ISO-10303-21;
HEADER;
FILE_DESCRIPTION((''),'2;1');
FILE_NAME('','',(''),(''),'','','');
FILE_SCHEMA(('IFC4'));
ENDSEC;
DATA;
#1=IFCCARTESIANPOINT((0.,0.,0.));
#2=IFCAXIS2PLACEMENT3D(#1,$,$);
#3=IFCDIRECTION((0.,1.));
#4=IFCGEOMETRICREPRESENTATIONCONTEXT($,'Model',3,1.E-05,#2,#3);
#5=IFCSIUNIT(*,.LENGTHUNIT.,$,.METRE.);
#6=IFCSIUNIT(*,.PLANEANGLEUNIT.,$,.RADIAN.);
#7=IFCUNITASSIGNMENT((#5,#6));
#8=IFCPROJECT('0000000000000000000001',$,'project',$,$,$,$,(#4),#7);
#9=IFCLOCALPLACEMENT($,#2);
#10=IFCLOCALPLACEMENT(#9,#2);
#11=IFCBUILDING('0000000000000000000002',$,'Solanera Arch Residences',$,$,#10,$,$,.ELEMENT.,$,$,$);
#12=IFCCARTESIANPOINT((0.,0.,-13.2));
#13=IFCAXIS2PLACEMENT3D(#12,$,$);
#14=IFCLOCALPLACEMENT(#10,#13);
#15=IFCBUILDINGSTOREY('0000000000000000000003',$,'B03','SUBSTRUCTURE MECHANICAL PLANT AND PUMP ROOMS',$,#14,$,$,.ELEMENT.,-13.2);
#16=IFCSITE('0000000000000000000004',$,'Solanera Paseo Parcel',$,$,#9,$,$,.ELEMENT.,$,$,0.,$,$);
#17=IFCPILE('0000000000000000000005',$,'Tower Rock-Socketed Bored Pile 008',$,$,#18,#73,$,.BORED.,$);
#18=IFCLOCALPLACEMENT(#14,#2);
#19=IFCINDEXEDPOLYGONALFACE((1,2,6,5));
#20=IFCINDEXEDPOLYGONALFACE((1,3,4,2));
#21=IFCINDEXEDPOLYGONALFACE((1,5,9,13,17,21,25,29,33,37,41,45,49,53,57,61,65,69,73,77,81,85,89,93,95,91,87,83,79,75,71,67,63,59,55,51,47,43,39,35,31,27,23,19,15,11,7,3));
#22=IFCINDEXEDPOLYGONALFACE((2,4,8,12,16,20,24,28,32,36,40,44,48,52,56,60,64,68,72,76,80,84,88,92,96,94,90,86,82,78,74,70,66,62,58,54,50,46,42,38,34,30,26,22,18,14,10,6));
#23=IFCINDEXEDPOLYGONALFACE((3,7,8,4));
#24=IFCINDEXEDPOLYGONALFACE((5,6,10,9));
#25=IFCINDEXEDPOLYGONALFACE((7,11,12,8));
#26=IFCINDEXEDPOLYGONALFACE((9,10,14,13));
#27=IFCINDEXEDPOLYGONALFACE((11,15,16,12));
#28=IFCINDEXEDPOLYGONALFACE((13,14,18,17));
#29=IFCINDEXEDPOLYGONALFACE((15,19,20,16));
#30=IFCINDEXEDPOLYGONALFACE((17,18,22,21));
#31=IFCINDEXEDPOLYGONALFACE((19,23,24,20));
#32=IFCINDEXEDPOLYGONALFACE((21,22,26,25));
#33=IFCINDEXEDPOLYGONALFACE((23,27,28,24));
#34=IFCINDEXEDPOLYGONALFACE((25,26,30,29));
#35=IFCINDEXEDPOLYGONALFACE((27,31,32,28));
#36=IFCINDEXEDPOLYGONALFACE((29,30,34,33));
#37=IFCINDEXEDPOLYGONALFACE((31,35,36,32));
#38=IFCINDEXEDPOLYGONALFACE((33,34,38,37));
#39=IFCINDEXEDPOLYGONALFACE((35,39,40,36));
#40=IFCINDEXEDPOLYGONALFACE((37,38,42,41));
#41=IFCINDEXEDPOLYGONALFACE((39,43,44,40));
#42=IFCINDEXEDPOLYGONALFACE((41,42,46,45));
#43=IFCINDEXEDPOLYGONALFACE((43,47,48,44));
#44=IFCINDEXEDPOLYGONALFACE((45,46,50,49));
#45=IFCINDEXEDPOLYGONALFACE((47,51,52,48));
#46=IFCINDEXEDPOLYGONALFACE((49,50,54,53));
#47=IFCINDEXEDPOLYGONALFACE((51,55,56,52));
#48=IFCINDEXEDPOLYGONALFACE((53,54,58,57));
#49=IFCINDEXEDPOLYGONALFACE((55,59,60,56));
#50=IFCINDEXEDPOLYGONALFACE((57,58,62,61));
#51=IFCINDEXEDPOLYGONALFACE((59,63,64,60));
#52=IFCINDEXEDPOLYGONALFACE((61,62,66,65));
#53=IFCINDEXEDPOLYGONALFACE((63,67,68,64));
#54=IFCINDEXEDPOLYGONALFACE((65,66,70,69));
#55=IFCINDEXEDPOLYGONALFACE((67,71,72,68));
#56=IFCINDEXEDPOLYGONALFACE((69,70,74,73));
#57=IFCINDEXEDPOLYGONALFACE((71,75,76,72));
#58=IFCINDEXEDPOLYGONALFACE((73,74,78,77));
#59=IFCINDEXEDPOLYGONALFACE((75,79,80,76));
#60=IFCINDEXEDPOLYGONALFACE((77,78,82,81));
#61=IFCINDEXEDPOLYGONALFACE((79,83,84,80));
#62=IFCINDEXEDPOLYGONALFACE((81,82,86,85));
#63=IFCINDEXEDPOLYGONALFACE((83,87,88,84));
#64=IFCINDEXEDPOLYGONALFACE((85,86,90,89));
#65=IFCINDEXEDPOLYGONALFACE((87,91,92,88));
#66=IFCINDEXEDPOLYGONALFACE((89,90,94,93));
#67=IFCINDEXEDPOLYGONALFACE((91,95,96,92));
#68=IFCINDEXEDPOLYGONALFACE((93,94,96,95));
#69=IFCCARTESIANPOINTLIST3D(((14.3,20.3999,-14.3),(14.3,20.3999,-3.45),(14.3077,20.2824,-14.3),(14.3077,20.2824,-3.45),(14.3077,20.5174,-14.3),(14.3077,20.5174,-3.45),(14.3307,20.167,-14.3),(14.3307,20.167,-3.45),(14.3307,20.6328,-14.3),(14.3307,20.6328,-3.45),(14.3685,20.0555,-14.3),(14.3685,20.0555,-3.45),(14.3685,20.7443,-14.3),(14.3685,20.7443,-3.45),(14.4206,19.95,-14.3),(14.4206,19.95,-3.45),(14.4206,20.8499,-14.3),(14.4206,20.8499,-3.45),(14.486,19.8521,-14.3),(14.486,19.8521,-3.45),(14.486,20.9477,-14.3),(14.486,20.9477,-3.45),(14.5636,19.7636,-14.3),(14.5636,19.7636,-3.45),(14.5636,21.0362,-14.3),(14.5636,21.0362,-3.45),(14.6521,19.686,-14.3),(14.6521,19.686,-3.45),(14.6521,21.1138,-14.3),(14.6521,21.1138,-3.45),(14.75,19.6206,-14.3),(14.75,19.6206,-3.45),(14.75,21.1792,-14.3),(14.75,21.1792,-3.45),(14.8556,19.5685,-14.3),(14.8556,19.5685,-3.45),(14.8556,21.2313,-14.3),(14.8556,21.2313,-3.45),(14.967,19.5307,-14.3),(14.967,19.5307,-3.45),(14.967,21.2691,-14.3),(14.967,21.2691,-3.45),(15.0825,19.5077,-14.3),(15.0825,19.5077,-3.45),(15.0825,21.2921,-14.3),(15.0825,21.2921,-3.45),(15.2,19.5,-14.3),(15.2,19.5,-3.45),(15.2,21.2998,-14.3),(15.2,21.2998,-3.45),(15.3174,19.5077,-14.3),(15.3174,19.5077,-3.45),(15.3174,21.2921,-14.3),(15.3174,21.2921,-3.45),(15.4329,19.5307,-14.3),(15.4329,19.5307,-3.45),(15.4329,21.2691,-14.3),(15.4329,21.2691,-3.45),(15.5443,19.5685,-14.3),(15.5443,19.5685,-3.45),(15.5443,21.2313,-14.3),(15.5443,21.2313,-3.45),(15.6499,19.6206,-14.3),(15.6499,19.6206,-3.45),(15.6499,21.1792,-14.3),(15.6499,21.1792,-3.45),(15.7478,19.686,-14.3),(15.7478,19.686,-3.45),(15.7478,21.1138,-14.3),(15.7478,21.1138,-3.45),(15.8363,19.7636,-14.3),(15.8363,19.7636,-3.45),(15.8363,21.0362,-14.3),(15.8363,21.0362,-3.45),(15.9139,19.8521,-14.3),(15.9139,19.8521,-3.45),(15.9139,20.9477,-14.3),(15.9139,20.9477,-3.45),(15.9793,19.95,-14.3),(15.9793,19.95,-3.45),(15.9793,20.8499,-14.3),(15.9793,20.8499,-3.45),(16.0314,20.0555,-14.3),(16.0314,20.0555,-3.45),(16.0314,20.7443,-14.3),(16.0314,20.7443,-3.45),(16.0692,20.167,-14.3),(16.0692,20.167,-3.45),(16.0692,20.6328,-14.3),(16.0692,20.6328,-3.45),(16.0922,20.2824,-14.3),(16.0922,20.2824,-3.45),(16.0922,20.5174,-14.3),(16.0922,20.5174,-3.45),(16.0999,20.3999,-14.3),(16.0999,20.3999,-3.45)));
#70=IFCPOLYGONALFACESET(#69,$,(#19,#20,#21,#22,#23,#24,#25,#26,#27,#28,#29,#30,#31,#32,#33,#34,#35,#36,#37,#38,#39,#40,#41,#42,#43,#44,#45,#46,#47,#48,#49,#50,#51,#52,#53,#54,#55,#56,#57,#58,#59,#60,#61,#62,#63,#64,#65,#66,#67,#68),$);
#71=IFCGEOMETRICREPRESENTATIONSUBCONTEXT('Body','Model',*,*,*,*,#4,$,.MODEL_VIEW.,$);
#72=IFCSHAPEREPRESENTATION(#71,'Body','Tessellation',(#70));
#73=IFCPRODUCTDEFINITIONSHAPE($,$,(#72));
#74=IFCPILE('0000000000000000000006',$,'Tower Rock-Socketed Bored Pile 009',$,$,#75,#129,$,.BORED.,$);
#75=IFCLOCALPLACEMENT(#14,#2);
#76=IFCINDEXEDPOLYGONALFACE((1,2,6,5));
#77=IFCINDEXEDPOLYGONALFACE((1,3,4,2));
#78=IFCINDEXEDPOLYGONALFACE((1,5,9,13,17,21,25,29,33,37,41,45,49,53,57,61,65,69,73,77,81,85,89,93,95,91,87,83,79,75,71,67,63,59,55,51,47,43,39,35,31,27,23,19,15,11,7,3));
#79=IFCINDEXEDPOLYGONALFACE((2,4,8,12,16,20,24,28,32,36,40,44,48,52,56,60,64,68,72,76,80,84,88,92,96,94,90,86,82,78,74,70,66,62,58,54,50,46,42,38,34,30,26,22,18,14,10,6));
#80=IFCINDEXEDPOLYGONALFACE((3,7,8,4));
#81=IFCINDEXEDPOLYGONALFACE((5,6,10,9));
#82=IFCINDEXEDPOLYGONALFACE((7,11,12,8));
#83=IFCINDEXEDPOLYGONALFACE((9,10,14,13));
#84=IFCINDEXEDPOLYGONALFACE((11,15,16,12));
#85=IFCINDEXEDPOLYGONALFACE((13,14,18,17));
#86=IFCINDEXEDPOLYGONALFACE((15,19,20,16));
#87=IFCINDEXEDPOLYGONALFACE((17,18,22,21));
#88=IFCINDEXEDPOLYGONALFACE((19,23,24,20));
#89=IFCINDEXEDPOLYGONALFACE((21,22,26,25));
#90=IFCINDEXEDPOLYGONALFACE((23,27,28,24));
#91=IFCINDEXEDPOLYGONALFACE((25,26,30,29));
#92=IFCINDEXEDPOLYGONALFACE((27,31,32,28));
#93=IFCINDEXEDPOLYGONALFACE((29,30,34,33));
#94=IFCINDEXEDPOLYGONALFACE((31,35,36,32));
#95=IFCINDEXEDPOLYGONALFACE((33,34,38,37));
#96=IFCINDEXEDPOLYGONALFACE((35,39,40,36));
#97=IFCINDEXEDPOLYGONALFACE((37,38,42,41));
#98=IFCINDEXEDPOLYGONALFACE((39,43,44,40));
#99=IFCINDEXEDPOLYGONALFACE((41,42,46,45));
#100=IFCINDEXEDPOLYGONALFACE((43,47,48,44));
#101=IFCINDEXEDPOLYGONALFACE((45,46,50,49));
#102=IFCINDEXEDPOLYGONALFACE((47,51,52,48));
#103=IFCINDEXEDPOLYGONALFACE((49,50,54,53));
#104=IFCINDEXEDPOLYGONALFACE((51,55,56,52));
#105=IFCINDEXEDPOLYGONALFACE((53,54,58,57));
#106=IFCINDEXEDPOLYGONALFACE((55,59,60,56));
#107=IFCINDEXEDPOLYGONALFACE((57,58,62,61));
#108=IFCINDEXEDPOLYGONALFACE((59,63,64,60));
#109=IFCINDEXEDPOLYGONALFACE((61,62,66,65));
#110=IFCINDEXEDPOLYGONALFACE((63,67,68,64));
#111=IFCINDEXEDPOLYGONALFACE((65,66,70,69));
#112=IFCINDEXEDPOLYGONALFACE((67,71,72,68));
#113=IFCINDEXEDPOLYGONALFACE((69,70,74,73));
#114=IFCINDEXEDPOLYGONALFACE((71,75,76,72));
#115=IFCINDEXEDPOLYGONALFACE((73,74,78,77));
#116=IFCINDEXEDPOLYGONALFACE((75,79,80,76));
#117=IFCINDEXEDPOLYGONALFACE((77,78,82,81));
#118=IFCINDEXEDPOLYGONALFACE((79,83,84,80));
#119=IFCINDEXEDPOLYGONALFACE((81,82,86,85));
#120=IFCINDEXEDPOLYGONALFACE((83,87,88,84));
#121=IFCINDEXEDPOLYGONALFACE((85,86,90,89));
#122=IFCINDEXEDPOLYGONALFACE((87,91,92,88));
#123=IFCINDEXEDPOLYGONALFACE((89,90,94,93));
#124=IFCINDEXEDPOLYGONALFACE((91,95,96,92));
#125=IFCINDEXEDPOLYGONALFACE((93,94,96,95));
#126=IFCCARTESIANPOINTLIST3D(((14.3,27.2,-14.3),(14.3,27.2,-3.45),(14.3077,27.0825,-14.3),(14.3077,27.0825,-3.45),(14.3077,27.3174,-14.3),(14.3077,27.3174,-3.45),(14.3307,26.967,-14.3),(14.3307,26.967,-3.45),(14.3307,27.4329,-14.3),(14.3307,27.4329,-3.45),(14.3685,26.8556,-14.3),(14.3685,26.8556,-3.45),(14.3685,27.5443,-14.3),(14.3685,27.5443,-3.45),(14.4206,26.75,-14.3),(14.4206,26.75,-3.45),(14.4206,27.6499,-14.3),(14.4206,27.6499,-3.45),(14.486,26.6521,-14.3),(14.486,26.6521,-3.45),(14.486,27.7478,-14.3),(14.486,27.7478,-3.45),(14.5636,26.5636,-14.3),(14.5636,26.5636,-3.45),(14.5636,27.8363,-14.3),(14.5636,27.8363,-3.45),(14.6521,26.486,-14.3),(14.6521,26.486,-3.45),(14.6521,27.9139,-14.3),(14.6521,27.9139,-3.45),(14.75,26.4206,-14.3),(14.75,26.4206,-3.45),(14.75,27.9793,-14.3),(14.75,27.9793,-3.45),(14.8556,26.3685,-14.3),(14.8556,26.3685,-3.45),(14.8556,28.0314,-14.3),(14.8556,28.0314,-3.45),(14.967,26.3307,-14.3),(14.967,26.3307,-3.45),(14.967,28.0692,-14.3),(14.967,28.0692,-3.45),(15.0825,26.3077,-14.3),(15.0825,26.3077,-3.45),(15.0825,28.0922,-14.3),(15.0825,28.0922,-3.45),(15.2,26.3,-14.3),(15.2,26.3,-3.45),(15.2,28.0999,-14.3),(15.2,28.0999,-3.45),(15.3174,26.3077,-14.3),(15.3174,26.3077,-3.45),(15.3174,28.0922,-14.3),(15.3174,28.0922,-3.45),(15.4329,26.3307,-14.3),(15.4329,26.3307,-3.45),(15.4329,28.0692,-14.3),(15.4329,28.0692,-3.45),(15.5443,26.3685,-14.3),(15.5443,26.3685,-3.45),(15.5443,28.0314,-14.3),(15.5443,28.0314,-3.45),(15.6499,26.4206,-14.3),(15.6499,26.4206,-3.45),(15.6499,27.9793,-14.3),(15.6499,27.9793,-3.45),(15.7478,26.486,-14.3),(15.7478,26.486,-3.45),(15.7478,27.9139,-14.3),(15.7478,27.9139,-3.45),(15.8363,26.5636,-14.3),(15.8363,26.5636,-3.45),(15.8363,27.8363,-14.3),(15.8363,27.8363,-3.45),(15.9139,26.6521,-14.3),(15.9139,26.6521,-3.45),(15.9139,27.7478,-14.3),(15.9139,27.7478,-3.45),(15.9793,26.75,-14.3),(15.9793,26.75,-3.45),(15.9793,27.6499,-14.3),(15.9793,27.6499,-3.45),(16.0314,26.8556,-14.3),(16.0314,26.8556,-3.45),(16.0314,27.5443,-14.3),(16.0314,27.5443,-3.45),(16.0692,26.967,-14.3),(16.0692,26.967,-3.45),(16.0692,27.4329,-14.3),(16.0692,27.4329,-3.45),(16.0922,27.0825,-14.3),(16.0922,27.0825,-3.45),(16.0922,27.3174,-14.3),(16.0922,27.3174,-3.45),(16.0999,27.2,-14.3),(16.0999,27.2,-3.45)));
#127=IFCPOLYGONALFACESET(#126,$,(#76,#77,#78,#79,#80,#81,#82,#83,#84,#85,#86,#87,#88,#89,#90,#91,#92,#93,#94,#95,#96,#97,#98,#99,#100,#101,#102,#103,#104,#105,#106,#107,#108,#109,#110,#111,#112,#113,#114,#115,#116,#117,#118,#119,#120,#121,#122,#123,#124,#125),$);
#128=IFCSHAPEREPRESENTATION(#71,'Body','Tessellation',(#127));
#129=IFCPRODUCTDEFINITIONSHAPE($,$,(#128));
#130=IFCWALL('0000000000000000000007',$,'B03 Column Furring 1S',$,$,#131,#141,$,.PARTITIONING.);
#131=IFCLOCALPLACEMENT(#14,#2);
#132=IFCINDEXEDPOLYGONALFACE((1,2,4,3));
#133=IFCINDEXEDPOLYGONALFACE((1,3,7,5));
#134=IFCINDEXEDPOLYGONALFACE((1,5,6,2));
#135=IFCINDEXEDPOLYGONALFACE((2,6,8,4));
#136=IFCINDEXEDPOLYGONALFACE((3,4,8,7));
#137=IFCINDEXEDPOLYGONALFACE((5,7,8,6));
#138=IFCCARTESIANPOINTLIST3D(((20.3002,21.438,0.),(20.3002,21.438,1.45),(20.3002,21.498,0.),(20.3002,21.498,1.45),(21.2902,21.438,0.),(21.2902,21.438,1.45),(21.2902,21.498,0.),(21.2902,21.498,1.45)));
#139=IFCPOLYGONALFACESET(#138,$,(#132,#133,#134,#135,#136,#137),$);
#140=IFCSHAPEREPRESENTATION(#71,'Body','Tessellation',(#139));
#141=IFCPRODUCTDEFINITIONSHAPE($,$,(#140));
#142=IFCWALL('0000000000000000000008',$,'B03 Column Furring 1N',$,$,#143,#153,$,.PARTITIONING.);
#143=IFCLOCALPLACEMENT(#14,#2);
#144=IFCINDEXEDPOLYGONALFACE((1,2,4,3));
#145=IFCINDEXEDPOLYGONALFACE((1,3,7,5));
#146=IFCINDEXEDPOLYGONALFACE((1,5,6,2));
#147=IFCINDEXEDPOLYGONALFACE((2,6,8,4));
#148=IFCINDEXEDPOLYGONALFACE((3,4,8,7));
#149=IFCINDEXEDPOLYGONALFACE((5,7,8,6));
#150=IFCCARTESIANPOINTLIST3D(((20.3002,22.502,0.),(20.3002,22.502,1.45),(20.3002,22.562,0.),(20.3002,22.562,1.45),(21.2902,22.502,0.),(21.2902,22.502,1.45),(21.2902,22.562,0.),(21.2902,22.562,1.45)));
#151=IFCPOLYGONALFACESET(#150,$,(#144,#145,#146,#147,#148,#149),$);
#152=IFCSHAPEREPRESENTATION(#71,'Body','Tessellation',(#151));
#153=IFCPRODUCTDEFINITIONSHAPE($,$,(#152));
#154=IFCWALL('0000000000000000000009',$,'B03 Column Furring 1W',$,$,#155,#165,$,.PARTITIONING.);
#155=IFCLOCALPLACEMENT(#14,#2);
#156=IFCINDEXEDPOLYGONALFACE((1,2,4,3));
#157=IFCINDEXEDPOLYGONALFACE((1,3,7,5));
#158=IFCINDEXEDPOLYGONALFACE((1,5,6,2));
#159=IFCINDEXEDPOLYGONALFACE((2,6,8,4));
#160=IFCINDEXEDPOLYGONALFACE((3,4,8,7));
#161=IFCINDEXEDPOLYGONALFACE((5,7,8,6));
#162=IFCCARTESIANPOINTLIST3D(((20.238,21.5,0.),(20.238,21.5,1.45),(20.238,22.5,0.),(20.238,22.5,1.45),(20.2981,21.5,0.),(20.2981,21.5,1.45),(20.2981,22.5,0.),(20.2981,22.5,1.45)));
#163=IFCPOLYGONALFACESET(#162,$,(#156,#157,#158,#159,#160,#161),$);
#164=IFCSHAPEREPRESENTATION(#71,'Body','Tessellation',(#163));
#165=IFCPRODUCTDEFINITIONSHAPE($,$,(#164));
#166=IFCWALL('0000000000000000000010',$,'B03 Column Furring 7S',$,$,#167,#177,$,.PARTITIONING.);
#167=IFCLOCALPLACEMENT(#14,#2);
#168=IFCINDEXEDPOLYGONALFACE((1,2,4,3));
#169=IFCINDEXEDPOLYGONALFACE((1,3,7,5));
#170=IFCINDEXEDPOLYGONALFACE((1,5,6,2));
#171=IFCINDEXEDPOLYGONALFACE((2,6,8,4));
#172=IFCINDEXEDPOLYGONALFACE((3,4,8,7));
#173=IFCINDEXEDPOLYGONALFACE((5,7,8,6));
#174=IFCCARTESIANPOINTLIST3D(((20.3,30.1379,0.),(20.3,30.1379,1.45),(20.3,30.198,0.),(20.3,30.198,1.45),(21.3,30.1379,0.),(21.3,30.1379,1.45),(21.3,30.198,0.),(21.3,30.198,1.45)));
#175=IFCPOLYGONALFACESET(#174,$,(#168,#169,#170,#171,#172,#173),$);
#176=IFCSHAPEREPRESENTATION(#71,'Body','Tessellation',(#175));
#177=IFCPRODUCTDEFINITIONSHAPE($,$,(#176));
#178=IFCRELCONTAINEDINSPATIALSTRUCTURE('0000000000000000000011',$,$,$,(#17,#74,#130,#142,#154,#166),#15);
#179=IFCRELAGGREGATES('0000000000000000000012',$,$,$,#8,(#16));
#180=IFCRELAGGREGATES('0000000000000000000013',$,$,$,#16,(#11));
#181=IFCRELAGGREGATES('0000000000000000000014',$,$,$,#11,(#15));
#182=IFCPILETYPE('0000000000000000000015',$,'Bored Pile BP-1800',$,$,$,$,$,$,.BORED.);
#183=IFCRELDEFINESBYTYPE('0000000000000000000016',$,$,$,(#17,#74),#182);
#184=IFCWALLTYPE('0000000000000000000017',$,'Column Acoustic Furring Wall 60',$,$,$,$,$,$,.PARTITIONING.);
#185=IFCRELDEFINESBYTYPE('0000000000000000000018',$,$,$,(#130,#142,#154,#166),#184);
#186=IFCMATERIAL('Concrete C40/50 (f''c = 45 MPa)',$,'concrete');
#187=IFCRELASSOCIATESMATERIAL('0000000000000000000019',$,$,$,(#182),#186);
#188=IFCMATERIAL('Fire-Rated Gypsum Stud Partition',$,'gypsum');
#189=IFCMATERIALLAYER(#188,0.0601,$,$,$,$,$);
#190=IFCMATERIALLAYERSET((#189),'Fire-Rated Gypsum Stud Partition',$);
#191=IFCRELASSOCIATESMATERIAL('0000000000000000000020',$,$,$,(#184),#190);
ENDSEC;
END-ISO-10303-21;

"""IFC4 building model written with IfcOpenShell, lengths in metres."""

from ifc_helpers import new_model, si_unit, direction, frame, frame_2d, origin, origin_2d, place, context, subcontext, project, spatial, rectangle, circle, extrude, material, layer, layer_set, material_profile, profile_set, type_object, element, save


model = new_model("IFC4")

# Units and contexts
model_context = context("Model", 3, precision=1e-05, world=origin(), true_north=direction((0.0, 1.0)))
body_context = subcontext(model_context, "Body", "Model", "MODEL_VIEW")
ifc_project = project(units=[si_unit("LENGTHUNIT", "METRE"), si_unit("PLANEANGLEUNIT", "RADIAN")], contexts=[model_context])

# Site, building, storey
site_placement = place(None, origin())
site = spatial("IfcSite", under=ifc_project, at=site_placement, Name="Solanera Paseo Parcel", CompositionType="ELEMENT", RefElevation=0.0)
building_placement = place(site_placement, origin())
building = spatial("IfcBuilding", under=site, at=building_placement, Name="Solanera Arch Residences", CompositionType="ELEMENT")
storey_placement = place(building_placement, frame((0.0, 0.0, -13.2)))
storey = spatial("IfcBuildingStorey", under=building, at=storey_placement, Name="B03", Description="SUBSTRUCTURE MECHANICAL PLANT AND PUMP ROOMS", CompositionType="ELEMENT", Elevation=-13.2)

# Piles
ifc_material_1 = material(Name="Concrete C40/50 (f'c = 45 MPa)", Category="concrete")
ifc_material_profile = material_profile(ifc_material_1, circle(Radius=0.8999, at=origin_2d()))
ifc_profile_set = profile_set([ifc_material_profile], Name="Concrete C40/50 (f'c = 45 MPa)")
pile_type = type_object("IfcPileType", Name="Bored Pile BP-1800", PredefinedType="BORED", material=ifc_profile_set)
for number, where, z_axis, x_axis, name in (
    (1, (15.2, 20.3999, -3.45), (0.0, 0.0, -1.0), (1.0, 0.0, 0.0), "Tower Rock-Socketed Bored Pile 008"),
    (2, (15.2, 27.2, -3.45), (0.0, 0.0, -1.0), (1.0, 0.0, 0.0), "Tower Rock-Socketed Bored Pile 009"),
):
    element("IfcPile", number, at=place(storey_placement, frame(where, z_axis=z_axis, x_axis=x_axis)), inside=storey, type_object=pile_type, Name=name, PredefinedType="BORED", context=body_context, shape_type="SweptSolid", body=[
        extrude(circle(Radius=0.8999, at=origin_2d()), origin(), (0.0, 0.0, 1.0), 10.8501),
    ])

# Walls
ifc_material_2 = material(Name="Fire-Rated Gypsum Stud Partition", Category="gypsum")
ifc_layer_1 = layer(ifc_material_2, 0.0601)
ifc_layer_set_1 = layer_set([ifc_layer_1], Name="Fire-Rated Gypsum Stud Partition")
wall_type_1 = type_object("IfcWallType", Name="Column Acoustic Furring Wall 60", PredefinedType="PARTITIONING", material=ifc_layer_set_1)
for number, where, z_axis, x_axis, name in (
    (3, (20.3, 21.468, 0.0), (0.0, 0.0, 1.0), (1.0, 0.0, 0.0), "B03 Column Furring 1S"),
    (4, (20.3, 22.532, 0.0), (0.0, 0.0, 1.0), (1.0, 0.0, 0.0), "B03 Column Furring 1N"),
):
    element("IfcWall", number, at=place(storey_placement, frame(where, z_axis=z_axis, x_axis=x_axis)), inside=storey, type_object=wall_type_1, Name=name, PredefinedType="PARTITIONING", context=body_context, shape_type="SweptSolid", body=[
        extrude(rectangle(XDim=0.99, YDim=0.0601, at=frame_2d((0.4951, 0.0))), origin(), (0.0, 0.0, 1.0), 1.45),
    ])
for number, where, z_axis, x_axis, name in (
    (5, (20.2681, 21.5, 0.0), (0.0, 0.0, 1.0), (0.0, 1.0, 0.0), "B03 Column Furring 1W"),
    (6, (20.3, 30.168, 0.0), (0.0, 0.0, 1.0), (1.0, 0.0, 0.0), "B03 Column Furring 7S"),
):
    element("IfcWall", number, at=place(storey_placement, frame(where, z_axis=z_axis, x_axis=x_axis)), inside=storey, type_object=wall_type_1, Name=name, PredefinedType="PARTITIONING", context=body_context, shape_type="SweptSolid", body=[
        extrude(rectangle(XDim=1.0, YDim=0.0601, at=frame_2d((0.5, 0.0))), origin(), (0.0, 0.0, 1.0), 1.45),
    ])

save(model, "model.ifc")
